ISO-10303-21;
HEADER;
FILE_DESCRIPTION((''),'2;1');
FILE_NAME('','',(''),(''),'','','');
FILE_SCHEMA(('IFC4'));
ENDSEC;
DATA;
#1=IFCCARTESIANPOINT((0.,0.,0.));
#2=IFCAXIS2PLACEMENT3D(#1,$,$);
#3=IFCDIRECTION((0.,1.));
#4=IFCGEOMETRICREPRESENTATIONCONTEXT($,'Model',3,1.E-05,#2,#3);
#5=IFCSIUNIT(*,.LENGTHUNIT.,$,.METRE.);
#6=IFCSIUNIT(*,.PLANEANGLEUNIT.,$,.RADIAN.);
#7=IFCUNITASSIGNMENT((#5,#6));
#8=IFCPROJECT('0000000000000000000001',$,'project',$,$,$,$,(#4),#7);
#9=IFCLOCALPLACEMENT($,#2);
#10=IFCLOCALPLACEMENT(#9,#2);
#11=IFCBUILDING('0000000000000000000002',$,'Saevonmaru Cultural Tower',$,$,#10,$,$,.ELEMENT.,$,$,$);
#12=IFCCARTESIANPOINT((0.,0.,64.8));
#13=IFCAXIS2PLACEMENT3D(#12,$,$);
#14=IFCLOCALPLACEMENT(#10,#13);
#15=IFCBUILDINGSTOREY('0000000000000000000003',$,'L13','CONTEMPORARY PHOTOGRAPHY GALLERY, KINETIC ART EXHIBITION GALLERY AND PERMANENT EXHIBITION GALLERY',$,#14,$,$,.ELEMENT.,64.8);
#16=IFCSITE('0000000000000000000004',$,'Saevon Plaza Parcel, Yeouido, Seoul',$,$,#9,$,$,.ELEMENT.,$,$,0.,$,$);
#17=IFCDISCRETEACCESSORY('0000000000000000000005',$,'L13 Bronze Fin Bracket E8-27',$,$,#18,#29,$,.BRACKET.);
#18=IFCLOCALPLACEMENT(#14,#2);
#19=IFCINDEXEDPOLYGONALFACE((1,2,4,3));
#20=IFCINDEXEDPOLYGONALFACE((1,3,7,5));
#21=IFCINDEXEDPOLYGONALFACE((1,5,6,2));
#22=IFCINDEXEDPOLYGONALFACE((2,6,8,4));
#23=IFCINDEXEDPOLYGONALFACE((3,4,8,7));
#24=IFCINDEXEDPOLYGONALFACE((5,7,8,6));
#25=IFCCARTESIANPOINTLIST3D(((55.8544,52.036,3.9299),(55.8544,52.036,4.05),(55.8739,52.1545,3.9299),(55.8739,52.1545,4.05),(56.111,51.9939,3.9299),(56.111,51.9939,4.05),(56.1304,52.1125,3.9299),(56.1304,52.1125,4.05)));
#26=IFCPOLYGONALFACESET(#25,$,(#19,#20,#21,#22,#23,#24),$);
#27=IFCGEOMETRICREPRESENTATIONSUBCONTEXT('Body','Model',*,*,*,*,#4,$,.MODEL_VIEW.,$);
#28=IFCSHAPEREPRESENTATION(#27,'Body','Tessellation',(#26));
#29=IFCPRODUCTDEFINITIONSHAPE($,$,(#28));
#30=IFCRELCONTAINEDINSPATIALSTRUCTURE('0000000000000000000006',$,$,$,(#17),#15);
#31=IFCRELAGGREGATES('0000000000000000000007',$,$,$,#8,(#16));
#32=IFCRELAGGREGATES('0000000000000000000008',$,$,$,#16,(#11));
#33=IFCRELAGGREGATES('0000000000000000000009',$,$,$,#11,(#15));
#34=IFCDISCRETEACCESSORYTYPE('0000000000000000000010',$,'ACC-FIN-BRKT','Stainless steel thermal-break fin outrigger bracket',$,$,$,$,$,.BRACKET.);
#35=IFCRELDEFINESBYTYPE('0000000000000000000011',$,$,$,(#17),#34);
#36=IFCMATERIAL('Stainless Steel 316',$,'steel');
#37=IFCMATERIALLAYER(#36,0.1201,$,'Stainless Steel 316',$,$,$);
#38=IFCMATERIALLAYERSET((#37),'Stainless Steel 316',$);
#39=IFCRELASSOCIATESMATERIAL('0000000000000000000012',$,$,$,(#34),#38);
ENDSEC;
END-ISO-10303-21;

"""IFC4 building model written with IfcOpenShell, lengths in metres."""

from ifc_helpers import new_model, si_unit, direction, frame, origin, origin_2d, place, context, subcontext, project, spatial, rectangle, extrude, material, layer, layer_set, type_object, element, save


model = new_model("IFC4")

# Units and contexts
model_context = context("Model", 3, precision=1e-05, world=origin(), true_north=direction((0.0, 1.0)))
body_context = subcontext(model_context, "Body", "Model", "MODEL_VIEW")
ifc_project = project(units=[si_unit("LENGTHUNIT", "METRE"), si_unit("PLANEANGLEUNIT", "RADIAN")], contexts=[model_context])

# Site, building, storey
site_placement = place(None, origin())
site = spatial("IfcSite", under=ifc_project, at=site_placement, Name="Saevon Plaza Parcel, Yeouido, Seoul", CompositionType="ELEMENT", RefElevation=0.0)
building_placement = place(site_placement, origin())
building = spatial("IfcBuilding", under=site, at=building_placement, Name="Saevonmaru Cultural Tower", CompositionType="ELEMENT")
storey_placement = place(building_placement, frame((0.0, 0.0, 64.8)))
storey = spatial("IfcBuildingStorey", under=building, at=storey_placement, Name="L13", Description="CONTEMPORARY PHOTOGRAPHY GALLERY, KINETIC ART EXHIBITION GALLERY AND PERMANENT EXHIBITION GALLERY", CompositionType="ELEMENT", Elevation=64.8)

# Discrete accessory
ifc_material_1 = material(Name="Stainless Steel 316", Category="steel")
ifc_layer_1 = layer(ifc_material_1, 0.1201, Name="Stainless Steel 316")
ifc_layer_set_1 = layer_set([ifc_layer_1], Name="Stainless Steel 316")
discrete_accessory_type = type_object("IfcDiscreteAccessoryType", Name="ACC-FIN-BRKT", Description="Stainless steel thermal-break fin outrigger bracket", PredefinedType="BRACKET", material=ifc_layer_set_1)
for number, where, z_axis, x_axis, name in (
    (1, (55.9924, 52.0742, 3.9299), (0.0, 0.0, 1.0), (0.986827, -0.161776, 0.0), "L13 Bronze Fin Bracket E8-27"),
):
    element("IfcDiscreteAccessory", number, at=place(storey_placement, frame(where, z_axis=z_axis, x_axis=x_axis)), inside=storey, type_object=discrete_accessory_type, Name=name, PredefinedType="BRACKET", context=body_context, shape_type="SweptSolid", body=[
        extrude(rectangle(XDim=0.26, YDim=0.1201, at=origin_2d()), origin(), (0.0, 0.0, 1.0), 0.1201),
    ])

save(model, "model.ifc")
